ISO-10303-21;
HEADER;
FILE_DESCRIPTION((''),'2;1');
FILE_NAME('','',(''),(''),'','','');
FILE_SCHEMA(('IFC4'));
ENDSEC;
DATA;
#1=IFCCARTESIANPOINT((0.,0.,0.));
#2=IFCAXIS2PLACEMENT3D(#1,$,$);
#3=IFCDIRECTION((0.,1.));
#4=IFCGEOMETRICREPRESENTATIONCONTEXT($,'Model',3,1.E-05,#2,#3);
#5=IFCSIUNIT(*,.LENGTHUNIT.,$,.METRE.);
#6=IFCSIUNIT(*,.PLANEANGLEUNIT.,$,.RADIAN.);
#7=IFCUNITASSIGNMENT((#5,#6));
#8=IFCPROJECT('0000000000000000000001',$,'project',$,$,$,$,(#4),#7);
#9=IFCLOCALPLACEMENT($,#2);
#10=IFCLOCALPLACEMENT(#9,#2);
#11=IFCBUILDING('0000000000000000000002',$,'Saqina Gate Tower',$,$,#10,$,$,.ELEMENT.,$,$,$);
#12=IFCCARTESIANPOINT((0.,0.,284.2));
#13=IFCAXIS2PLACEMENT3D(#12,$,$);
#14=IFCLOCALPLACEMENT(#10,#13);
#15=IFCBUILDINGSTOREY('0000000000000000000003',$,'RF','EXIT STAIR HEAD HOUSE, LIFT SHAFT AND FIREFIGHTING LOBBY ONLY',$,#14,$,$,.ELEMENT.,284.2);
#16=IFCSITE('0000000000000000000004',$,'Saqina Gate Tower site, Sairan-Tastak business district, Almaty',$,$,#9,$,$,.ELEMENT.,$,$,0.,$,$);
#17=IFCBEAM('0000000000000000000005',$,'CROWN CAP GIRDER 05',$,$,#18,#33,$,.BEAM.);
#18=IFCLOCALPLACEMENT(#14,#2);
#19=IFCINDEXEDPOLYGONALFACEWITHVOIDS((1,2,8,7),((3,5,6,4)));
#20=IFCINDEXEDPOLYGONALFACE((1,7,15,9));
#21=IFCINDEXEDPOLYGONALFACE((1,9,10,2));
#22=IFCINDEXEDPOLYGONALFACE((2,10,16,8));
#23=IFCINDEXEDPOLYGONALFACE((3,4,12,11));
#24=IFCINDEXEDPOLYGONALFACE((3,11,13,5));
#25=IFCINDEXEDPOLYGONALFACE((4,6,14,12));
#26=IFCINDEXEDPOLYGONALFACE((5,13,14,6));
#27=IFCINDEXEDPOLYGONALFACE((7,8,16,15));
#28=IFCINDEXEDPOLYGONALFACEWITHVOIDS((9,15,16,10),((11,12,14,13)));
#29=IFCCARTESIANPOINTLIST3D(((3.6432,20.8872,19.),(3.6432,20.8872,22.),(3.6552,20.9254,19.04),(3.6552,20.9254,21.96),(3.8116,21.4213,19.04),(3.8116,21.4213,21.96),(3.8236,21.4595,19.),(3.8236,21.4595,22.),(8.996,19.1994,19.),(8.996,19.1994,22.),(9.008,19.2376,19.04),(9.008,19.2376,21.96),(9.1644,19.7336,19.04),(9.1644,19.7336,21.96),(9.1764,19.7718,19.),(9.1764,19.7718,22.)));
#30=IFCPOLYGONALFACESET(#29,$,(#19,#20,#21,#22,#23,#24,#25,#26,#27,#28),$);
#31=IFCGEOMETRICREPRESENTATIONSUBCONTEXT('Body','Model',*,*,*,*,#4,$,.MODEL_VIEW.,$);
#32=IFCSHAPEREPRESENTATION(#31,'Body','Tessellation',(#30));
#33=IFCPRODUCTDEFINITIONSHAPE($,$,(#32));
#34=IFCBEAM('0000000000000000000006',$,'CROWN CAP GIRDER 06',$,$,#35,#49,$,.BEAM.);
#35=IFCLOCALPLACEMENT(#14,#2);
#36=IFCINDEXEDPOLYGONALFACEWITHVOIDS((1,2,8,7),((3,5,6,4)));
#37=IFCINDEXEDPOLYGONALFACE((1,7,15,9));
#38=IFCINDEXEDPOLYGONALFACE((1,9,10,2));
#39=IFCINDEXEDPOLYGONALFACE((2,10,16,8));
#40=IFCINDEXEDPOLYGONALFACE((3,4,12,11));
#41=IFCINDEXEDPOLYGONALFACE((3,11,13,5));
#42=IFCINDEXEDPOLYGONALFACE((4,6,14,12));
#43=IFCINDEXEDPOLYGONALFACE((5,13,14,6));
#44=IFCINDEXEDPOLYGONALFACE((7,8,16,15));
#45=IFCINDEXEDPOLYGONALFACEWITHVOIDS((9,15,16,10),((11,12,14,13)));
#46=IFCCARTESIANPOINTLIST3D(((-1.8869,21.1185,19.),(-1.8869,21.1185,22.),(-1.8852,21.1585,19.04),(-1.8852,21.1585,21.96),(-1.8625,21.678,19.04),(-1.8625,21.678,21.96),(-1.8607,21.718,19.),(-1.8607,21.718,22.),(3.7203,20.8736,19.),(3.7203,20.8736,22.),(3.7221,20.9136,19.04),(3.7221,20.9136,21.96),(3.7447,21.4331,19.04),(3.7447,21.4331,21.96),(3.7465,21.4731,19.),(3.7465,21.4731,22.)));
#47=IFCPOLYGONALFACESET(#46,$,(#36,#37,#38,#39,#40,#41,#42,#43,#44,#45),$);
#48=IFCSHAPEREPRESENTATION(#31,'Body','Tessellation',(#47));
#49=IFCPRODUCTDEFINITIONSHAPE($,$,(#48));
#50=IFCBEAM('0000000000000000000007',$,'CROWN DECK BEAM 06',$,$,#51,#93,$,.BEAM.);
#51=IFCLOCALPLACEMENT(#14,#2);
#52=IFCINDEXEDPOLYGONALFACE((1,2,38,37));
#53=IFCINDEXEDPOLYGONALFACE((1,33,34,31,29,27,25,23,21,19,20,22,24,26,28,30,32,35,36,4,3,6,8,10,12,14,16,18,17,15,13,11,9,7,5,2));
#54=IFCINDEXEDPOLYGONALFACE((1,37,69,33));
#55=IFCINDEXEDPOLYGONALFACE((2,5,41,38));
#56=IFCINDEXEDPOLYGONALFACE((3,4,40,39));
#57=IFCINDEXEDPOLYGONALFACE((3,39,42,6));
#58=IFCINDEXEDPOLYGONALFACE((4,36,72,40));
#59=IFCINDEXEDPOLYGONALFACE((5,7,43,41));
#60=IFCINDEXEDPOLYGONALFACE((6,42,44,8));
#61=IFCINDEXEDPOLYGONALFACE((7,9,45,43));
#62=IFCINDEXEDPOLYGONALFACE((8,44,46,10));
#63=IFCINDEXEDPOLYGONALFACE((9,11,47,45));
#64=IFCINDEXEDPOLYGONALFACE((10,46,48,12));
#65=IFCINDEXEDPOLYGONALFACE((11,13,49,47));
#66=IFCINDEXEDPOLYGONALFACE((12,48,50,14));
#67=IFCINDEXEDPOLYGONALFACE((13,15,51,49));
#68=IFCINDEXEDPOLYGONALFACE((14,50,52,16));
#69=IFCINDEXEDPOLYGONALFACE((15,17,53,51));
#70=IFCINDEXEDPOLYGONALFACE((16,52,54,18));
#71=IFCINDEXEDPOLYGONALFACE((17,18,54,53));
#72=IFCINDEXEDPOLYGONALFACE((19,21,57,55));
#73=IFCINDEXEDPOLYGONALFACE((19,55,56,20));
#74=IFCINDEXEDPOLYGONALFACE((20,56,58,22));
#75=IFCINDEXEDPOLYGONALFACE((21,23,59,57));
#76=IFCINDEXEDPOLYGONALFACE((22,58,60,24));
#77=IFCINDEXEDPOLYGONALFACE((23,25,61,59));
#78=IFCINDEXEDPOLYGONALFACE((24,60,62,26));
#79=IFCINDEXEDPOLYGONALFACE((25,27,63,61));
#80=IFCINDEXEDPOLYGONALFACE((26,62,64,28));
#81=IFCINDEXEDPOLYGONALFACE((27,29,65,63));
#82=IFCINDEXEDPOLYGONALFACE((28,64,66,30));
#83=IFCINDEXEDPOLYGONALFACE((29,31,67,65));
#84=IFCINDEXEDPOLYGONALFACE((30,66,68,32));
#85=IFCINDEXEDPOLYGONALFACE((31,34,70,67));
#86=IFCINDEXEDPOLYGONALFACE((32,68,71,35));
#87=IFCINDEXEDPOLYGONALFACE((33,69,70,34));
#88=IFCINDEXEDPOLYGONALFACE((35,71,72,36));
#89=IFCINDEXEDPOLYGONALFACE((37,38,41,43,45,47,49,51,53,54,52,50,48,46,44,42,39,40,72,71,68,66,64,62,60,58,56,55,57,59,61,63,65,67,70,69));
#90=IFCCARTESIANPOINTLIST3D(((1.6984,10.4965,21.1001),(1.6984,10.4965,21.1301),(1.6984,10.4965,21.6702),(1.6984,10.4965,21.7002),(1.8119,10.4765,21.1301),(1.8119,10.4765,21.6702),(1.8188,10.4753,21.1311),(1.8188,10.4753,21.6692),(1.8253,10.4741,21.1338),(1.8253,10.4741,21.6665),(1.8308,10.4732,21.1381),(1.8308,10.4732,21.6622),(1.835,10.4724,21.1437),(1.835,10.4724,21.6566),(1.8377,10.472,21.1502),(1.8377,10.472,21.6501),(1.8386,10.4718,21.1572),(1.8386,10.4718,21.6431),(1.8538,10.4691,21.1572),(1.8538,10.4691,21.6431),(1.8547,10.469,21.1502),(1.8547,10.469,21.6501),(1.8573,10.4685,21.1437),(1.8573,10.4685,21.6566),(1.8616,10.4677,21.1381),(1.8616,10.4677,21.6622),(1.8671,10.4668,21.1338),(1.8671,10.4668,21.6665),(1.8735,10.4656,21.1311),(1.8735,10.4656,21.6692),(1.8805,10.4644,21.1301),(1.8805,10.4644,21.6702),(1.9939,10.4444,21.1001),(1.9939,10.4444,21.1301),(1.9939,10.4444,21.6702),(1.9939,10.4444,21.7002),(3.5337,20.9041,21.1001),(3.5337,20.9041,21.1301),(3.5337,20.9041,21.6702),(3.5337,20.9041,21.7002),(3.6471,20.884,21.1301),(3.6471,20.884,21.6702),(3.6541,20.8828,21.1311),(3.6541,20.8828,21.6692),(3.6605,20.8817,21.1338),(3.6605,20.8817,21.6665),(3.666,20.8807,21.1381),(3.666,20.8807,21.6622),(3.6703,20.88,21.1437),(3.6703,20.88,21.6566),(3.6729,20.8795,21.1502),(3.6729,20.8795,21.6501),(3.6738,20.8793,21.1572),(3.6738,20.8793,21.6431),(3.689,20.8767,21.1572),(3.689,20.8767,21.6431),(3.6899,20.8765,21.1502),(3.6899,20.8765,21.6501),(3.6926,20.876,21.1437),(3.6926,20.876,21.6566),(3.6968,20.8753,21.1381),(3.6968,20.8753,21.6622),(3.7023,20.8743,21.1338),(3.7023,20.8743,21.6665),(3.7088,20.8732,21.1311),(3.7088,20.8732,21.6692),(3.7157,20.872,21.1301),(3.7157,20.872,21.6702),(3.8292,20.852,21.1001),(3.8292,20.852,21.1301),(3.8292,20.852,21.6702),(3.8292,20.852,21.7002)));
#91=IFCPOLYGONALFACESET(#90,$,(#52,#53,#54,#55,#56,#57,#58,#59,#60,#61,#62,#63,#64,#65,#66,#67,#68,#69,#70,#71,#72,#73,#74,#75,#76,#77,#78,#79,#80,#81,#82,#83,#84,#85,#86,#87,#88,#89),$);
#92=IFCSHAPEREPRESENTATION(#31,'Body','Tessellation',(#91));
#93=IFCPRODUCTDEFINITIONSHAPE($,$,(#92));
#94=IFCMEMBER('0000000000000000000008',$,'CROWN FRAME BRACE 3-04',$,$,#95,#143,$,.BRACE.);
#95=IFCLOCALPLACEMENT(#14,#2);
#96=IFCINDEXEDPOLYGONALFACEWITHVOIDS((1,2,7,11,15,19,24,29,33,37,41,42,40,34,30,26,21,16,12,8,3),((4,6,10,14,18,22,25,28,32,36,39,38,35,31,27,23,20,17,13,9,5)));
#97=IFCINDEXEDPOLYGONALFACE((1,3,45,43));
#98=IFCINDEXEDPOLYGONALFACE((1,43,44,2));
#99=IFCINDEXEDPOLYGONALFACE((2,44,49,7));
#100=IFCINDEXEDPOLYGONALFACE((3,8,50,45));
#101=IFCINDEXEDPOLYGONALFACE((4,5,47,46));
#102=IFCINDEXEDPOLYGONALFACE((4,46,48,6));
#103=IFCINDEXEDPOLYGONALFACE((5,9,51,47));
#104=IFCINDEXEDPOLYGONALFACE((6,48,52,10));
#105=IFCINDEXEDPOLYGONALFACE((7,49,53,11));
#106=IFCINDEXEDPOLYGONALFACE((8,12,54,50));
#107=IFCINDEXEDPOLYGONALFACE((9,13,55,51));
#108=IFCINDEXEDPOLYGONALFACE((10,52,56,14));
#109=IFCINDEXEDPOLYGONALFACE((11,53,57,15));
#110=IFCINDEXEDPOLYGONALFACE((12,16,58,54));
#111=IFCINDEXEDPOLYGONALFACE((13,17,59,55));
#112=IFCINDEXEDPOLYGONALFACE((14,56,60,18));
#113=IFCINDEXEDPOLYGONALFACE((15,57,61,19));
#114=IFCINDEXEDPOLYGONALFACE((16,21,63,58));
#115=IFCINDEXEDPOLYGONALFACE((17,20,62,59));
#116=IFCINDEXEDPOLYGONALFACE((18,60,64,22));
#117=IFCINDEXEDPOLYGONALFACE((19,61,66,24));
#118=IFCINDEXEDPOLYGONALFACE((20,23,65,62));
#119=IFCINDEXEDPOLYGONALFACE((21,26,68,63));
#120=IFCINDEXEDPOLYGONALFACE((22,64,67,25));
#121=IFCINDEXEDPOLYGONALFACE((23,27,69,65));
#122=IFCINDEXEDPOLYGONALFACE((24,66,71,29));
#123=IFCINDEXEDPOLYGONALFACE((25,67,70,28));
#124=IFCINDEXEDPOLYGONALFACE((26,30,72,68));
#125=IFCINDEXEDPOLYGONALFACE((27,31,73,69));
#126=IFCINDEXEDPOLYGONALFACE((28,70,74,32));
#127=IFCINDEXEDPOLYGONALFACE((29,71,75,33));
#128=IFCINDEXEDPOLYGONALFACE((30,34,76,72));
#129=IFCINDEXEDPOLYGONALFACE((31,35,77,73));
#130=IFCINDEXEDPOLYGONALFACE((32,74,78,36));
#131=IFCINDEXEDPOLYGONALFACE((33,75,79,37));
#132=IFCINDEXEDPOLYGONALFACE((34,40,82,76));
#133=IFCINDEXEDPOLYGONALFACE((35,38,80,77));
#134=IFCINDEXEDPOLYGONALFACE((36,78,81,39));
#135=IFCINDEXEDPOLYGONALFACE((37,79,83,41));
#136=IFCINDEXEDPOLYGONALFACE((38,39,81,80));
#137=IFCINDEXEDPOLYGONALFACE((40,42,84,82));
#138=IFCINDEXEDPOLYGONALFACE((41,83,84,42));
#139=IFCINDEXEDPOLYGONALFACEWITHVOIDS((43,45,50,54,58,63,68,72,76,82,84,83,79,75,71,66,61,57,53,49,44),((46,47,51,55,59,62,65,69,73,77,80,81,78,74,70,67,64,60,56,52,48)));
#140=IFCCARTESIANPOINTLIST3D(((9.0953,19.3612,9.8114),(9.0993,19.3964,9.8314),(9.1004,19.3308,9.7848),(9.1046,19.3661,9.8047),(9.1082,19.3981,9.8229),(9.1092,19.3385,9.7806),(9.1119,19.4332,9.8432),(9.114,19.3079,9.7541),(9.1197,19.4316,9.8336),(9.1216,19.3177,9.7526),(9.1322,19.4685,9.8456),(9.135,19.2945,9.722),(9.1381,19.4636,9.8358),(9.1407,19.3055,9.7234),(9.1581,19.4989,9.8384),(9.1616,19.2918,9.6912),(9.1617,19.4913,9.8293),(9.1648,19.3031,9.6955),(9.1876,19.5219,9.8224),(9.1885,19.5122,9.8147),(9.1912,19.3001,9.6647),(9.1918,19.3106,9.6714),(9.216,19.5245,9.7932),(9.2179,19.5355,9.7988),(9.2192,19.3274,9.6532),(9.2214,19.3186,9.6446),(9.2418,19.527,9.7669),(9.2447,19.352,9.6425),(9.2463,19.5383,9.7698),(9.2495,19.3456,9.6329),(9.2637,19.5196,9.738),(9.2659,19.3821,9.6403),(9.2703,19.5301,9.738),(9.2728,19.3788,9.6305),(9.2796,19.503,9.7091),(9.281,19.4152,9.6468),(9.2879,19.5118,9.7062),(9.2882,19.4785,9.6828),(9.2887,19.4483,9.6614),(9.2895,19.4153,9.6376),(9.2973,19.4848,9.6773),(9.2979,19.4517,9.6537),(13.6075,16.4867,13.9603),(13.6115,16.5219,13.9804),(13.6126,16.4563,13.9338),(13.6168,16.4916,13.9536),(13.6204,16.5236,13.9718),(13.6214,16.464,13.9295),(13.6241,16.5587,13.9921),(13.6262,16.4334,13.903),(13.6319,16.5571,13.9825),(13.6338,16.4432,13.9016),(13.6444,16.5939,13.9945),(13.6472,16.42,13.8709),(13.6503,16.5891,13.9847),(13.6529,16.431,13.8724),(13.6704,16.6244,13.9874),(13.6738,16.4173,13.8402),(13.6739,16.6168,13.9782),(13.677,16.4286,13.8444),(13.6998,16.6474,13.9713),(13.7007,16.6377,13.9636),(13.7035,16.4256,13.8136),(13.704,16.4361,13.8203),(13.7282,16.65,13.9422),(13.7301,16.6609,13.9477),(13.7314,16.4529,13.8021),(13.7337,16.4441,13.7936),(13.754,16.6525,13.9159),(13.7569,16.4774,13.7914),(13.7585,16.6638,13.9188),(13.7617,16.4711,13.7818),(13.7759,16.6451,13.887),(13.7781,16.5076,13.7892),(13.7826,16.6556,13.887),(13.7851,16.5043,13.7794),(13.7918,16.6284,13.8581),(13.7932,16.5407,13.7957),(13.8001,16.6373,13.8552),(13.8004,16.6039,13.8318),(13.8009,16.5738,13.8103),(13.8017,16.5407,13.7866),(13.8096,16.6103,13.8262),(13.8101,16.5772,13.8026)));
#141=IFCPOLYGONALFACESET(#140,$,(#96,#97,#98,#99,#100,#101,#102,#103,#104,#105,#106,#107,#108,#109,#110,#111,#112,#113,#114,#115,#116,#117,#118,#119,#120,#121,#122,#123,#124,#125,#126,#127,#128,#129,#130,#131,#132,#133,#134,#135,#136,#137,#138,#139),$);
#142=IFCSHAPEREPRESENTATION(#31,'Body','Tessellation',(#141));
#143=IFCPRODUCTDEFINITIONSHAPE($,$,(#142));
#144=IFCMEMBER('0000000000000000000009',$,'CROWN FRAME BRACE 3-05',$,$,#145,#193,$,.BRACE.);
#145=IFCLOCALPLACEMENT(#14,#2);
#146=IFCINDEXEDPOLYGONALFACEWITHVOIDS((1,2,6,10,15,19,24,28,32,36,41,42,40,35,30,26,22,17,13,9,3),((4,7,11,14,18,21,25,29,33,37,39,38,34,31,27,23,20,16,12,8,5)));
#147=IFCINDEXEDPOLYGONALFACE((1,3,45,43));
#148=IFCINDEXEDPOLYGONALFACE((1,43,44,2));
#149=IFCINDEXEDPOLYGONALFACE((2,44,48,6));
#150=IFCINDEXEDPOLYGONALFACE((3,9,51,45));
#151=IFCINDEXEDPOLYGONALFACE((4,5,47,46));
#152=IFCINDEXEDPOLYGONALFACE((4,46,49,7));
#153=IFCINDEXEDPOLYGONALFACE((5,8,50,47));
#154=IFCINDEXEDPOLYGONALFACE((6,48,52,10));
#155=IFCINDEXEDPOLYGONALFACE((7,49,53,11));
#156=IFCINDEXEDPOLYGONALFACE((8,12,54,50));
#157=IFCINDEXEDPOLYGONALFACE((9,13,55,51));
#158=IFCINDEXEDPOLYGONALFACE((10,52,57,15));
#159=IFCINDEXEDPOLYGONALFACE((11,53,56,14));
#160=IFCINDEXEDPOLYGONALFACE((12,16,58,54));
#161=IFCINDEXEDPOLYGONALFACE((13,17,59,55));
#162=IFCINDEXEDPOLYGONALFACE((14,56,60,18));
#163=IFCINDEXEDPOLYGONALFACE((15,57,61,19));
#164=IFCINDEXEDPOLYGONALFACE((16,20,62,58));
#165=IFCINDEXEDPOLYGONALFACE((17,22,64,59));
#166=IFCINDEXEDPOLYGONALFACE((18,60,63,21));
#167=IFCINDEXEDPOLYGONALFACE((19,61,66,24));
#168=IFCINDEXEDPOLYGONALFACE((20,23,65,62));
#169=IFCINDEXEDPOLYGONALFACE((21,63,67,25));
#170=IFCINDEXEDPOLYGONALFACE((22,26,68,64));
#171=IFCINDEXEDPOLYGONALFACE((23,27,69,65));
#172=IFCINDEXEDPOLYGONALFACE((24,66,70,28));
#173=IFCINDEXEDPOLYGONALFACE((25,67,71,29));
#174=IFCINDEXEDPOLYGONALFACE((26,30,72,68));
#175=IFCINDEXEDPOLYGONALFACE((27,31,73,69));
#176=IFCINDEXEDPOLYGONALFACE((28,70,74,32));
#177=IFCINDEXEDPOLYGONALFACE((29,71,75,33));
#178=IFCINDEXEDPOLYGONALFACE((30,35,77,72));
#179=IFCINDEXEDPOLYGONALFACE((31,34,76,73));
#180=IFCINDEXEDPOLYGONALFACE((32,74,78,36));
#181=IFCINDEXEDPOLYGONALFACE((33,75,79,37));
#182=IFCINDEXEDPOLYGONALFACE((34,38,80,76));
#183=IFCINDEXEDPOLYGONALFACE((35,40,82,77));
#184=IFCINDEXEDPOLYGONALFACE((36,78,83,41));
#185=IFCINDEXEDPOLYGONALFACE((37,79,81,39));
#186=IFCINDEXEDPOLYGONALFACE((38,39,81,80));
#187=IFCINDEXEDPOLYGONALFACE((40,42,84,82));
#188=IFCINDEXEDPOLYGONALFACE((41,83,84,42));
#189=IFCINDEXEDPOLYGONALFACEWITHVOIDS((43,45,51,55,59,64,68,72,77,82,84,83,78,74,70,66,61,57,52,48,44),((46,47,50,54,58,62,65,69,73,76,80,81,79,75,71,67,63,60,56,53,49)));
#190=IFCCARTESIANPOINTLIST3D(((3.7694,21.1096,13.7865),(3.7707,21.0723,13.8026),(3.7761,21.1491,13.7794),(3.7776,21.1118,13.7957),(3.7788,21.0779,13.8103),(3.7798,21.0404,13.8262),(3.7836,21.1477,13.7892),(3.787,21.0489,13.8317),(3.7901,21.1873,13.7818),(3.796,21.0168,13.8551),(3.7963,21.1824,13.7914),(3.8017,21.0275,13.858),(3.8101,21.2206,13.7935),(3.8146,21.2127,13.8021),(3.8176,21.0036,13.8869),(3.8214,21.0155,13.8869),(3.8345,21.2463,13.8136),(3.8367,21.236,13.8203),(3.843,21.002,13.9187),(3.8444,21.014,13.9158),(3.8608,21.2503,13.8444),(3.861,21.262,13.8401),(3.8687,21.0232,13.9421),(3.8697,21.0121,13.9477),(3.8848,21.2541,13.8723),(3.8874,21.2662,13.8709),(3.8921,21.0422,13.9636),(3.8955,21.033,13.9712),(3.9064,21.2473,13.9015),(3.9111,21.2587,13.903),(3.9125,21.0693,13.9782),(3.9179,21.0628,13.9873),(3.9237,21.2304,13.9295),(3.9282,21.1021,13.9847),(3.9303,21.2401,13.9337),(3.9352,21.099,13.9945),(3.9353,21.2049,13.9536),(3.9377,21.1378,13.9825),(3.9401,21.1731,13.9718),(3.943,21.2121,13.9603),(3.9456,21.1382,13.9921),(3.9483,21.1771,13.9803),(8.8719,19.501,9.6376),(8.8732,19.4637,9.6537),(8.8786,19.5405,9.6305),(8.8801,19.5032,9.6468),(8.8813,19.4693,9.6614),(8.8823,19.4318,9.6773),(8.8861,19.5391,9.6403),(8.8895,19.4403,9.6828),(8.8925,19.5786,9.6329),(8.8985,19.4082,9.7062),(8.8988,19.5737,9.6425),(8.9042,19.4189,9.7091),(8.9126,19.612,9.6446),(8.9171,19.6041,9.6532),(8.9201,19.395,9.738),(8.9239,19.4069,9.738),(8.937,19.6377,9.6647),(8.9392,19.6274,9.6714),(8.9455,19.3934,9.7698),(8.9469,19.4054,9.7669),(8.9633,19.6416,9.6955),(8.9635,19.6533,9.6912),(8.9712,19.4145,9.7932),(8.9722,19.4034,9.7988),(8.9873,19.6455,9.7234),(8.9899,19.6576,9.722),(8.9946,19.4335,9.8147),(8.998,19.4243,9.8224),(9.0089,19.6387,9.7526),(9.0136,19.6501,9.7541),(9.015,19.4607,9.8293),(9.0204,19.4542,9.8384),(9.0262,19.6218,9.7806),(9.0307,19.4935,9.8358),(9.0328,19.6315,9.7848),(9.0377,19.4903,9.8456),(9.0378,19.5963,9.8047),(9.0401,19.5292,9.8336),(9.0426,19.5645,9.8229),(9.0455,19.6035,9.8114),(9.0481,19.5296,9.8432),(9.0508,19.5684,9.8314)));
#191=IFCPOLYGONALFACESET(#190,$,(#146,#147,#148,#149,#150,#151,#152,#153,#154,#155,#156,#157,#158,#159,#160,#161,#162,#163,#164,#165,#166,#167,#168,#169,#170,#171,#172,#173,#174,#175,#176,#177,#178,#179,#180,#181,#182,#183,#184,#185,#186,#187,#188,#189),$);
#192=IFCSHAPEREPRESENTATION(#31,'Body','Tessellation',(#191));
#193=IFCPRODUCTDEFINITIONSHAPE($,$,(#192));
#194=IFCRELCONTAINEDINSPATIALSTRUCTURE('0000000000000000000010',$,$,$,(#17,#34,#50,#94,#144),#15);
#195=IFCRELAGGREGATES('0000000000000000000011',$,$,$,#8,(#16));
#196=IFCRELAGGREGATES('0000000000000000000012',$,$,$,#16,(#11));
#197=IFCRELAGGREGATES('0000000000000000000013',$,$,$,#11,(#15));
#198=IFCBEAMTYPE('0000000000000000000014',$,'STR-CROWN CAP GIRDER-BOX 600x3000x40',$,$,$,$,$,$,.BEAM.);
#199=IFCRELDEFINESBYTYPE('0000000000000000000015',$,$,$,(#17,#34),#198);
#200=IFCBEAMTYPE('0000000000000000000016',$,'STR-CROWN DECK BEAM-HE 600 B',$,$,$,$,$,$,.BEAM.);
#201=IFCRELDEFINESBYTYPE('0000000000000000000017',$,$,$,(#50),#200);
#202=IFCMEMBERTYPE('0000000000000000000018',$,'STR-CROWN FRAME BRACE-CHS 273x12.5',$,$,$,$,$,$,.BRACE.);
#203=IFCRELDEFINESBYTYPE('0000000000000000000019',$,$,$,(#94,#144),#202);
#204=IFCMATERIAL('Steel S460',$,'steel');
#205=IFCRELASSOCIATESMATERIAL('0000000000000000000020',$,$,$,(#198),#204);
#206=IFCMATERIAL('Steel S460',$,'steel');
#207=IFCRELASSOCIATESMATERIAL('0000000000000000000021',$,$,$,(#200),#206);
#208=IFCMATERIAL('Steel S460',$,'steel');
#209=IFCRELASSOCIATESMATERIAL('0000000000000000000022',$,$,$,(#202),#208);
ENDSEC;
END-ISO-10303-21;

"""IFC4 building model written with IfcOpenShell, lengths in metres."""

from ifc_helpers import new_model, si_unit, direction, frame, origin, origin_2d, place, context, subcontext, project, spatial, hollow_rectangle, hollow_circle, i_section, extrude, material, material_profile, profile_set, type_object, element, save


model = new_model("IFC4")

# Units and contexts
model_context = context("Model", 3, precision=1e-05, world=origin(), true_north=direction((0.0, 1.0)))
body_context = subcontext(model_context, "Body", "Model", "MODEL_VIEW")
ifc_project = project(units=[si_unit("LENGTHUNIT", "METRE"), si_unit("PLANEANGLEUNIT", "RADIAN")], contexts=[model_context])

# Site, building, storey
site_placement = place(None, origin())
site = spatial("IfcSite", under=ifc_project, at=site_placement, Name="Saqina Gate Tower site, Sairan-Tastak business district, Almaty", CompositionType="ELEMENT", RefElevation=0.0)
building_placement = place(site_placement, origin())
building = spatial("IfcBuilding", under=site, at=building_placement, Name="Saqina Gate Tower", CompositionType="ELEMENT")
storey_placement = place(building_placement, frame((0.0, 0.0, 284.2)))
storey = spatial("IfcBuildingStorey", under=building, at=storey_placement, Name="RF", Description="EXIT STAIR HEAD HOUSE, LIFT SHAFT AND FIREFIGHTING LOBBY ONLY", CompositionType="ELEMENT", Elevation=284.2)

# Beams
ifc_material_1 = material(Name="Steel S460", Category="steel")
ifc_material_profile_1 = material_profile(ifc_material_1, hollow_rectangle(XDim=0.6001, YDim=3.0, WallThickness=0.04, at=origin_2d()), Name="BOX 600x3000x40")
ifc_profile_set_1 = profile_set([ifc_material_profile_1], Name="Steel S460")
beam_type_1 = type_object("IfcBeamType", Name="STR-CROWN CAP GIRDER-BOX 600x3000x40", PredefinedType="BEAM", material=ifc_profile_set_1)
for number, where, z_axis, x_axis, name in (
    (1, (9.0862, 19.4856, 20.5), (-0.953716, 0.300709, 0.0), (-0.300709, -0.953716, 0.0), "CROWN CAP GIRDER 05"),
    (2, (3.7334, 21.1733, 20.5), (-0.999048, 0.04363, 0.0), (-0.04363, -0.999048, 0.0), "CROWN CAP GIRDER 06"),
):
    element("IfcBeam", number, at=place(storey_placement, frame(where, z_axis=z_axis, x_axis=x_axis)), inside=storey, type_object=beam_type_1, Name=name, PredefinedType="BEAM", context=body_context, shape_type="SweptSolid", body=[
        extrude(hollow_rectangle(XDim=0.6001, YDim=3.0, WallThickness=0.04, at=origin_2d()), origin(), (0.0, 0.0, 1.0), 5.6125),
    ])
ifc_material_2 = material(Name="Steel S460", Category="steel")
ifc_material_profile_2 = material_profile(ifc_material_2, i_section(OverallWidth=0.3, OverallDepth=0.6001, WebThickness=0.0154, FlangeThickness=0.03, FilletRadius=0.0271, at=origin_2d()), Name="HE 600 B")
ifc_profile_set_2 = profile_set([ifc_material_profile_2], Name="Steel S460")
beam_type_2 = type_object("IfcBeamType", Name="STR-CROWN DECK BEAM-HE 600 B", PredefinedType="BEAM", material=ifc_profile_set_2)
beam_placement = place(storey_placement, frame((1.8462, 10.4705, 21.4001), z_axis=(0.173656, 0.984806, 0.0), x_axis=(-0.984806, 0.173656, 0.0)))
element("IfcBeam", 3, at=beam_placement, inside=storey, type_object=beam_type_2, Name="CROWN DECK BEAM 06", PredefinedType="BEAM", context=body_context, shape_type="SweptSolid", body=[
    extrude(i_section(OverallWidth=0.3, OverallDepth=0.6001, WebThickness=0.0154, FlangeThickness=0.03, FilletRadius=0.0271, at=origin_2d()), origin(), (0.0, 0.0, 1.0), 10.5681),
])

# Members
ifc_material_3 = material(Name="Steel S460", Category="steel")
ifc_material_profile_3 = material_profile(ifc_material_3, hollow_circle(Radius=0.1365, WallThickness=0.0125, at=origin_2d()), Name="CHS 273x12.5")
ifc_profile_set_3 = profile_set([ifc_material_profile_3], Name="Steel S460")
member_type = type_object("IfcMemberType", Name="STR-CROWN FRAME BRACE-CHS 273x12.5", PredefinedType="BRACE", material=ifc_profile_set_3)
for number, where, z_axis, x_axis, name in (
    (4, (9.197, 19.415, 9.738), (0.666475, -0.424579, 0.612816), (0.537289, 0.843398, 0.0), "CROWN FRAME BRACE 3-04"),
    (5, (8.9612, 19.5251, 9.738), (-0.753663, 0.237602, 0.612811), (-0.300675, -0.953727, 0.0), "CROWN FRAME BRACE 3-05"),
):
    element("IfcMember", number, at=place(storey_placement, frame(where, z_axis=z_axis, x_axis=x_axis)), inside=storey, type_object=member_type, Name=name, PredefinedType="BRACE", context=body_context, shape_type="SweptSolid", body=[
        extrude(hollow_circle(Radius=0.1365, WallThickness=0.0125, at=origin_2d()), origin(), (0.0, 0.0, 1.0), 6.7703),
    ])

save(model, "model.ifc")
